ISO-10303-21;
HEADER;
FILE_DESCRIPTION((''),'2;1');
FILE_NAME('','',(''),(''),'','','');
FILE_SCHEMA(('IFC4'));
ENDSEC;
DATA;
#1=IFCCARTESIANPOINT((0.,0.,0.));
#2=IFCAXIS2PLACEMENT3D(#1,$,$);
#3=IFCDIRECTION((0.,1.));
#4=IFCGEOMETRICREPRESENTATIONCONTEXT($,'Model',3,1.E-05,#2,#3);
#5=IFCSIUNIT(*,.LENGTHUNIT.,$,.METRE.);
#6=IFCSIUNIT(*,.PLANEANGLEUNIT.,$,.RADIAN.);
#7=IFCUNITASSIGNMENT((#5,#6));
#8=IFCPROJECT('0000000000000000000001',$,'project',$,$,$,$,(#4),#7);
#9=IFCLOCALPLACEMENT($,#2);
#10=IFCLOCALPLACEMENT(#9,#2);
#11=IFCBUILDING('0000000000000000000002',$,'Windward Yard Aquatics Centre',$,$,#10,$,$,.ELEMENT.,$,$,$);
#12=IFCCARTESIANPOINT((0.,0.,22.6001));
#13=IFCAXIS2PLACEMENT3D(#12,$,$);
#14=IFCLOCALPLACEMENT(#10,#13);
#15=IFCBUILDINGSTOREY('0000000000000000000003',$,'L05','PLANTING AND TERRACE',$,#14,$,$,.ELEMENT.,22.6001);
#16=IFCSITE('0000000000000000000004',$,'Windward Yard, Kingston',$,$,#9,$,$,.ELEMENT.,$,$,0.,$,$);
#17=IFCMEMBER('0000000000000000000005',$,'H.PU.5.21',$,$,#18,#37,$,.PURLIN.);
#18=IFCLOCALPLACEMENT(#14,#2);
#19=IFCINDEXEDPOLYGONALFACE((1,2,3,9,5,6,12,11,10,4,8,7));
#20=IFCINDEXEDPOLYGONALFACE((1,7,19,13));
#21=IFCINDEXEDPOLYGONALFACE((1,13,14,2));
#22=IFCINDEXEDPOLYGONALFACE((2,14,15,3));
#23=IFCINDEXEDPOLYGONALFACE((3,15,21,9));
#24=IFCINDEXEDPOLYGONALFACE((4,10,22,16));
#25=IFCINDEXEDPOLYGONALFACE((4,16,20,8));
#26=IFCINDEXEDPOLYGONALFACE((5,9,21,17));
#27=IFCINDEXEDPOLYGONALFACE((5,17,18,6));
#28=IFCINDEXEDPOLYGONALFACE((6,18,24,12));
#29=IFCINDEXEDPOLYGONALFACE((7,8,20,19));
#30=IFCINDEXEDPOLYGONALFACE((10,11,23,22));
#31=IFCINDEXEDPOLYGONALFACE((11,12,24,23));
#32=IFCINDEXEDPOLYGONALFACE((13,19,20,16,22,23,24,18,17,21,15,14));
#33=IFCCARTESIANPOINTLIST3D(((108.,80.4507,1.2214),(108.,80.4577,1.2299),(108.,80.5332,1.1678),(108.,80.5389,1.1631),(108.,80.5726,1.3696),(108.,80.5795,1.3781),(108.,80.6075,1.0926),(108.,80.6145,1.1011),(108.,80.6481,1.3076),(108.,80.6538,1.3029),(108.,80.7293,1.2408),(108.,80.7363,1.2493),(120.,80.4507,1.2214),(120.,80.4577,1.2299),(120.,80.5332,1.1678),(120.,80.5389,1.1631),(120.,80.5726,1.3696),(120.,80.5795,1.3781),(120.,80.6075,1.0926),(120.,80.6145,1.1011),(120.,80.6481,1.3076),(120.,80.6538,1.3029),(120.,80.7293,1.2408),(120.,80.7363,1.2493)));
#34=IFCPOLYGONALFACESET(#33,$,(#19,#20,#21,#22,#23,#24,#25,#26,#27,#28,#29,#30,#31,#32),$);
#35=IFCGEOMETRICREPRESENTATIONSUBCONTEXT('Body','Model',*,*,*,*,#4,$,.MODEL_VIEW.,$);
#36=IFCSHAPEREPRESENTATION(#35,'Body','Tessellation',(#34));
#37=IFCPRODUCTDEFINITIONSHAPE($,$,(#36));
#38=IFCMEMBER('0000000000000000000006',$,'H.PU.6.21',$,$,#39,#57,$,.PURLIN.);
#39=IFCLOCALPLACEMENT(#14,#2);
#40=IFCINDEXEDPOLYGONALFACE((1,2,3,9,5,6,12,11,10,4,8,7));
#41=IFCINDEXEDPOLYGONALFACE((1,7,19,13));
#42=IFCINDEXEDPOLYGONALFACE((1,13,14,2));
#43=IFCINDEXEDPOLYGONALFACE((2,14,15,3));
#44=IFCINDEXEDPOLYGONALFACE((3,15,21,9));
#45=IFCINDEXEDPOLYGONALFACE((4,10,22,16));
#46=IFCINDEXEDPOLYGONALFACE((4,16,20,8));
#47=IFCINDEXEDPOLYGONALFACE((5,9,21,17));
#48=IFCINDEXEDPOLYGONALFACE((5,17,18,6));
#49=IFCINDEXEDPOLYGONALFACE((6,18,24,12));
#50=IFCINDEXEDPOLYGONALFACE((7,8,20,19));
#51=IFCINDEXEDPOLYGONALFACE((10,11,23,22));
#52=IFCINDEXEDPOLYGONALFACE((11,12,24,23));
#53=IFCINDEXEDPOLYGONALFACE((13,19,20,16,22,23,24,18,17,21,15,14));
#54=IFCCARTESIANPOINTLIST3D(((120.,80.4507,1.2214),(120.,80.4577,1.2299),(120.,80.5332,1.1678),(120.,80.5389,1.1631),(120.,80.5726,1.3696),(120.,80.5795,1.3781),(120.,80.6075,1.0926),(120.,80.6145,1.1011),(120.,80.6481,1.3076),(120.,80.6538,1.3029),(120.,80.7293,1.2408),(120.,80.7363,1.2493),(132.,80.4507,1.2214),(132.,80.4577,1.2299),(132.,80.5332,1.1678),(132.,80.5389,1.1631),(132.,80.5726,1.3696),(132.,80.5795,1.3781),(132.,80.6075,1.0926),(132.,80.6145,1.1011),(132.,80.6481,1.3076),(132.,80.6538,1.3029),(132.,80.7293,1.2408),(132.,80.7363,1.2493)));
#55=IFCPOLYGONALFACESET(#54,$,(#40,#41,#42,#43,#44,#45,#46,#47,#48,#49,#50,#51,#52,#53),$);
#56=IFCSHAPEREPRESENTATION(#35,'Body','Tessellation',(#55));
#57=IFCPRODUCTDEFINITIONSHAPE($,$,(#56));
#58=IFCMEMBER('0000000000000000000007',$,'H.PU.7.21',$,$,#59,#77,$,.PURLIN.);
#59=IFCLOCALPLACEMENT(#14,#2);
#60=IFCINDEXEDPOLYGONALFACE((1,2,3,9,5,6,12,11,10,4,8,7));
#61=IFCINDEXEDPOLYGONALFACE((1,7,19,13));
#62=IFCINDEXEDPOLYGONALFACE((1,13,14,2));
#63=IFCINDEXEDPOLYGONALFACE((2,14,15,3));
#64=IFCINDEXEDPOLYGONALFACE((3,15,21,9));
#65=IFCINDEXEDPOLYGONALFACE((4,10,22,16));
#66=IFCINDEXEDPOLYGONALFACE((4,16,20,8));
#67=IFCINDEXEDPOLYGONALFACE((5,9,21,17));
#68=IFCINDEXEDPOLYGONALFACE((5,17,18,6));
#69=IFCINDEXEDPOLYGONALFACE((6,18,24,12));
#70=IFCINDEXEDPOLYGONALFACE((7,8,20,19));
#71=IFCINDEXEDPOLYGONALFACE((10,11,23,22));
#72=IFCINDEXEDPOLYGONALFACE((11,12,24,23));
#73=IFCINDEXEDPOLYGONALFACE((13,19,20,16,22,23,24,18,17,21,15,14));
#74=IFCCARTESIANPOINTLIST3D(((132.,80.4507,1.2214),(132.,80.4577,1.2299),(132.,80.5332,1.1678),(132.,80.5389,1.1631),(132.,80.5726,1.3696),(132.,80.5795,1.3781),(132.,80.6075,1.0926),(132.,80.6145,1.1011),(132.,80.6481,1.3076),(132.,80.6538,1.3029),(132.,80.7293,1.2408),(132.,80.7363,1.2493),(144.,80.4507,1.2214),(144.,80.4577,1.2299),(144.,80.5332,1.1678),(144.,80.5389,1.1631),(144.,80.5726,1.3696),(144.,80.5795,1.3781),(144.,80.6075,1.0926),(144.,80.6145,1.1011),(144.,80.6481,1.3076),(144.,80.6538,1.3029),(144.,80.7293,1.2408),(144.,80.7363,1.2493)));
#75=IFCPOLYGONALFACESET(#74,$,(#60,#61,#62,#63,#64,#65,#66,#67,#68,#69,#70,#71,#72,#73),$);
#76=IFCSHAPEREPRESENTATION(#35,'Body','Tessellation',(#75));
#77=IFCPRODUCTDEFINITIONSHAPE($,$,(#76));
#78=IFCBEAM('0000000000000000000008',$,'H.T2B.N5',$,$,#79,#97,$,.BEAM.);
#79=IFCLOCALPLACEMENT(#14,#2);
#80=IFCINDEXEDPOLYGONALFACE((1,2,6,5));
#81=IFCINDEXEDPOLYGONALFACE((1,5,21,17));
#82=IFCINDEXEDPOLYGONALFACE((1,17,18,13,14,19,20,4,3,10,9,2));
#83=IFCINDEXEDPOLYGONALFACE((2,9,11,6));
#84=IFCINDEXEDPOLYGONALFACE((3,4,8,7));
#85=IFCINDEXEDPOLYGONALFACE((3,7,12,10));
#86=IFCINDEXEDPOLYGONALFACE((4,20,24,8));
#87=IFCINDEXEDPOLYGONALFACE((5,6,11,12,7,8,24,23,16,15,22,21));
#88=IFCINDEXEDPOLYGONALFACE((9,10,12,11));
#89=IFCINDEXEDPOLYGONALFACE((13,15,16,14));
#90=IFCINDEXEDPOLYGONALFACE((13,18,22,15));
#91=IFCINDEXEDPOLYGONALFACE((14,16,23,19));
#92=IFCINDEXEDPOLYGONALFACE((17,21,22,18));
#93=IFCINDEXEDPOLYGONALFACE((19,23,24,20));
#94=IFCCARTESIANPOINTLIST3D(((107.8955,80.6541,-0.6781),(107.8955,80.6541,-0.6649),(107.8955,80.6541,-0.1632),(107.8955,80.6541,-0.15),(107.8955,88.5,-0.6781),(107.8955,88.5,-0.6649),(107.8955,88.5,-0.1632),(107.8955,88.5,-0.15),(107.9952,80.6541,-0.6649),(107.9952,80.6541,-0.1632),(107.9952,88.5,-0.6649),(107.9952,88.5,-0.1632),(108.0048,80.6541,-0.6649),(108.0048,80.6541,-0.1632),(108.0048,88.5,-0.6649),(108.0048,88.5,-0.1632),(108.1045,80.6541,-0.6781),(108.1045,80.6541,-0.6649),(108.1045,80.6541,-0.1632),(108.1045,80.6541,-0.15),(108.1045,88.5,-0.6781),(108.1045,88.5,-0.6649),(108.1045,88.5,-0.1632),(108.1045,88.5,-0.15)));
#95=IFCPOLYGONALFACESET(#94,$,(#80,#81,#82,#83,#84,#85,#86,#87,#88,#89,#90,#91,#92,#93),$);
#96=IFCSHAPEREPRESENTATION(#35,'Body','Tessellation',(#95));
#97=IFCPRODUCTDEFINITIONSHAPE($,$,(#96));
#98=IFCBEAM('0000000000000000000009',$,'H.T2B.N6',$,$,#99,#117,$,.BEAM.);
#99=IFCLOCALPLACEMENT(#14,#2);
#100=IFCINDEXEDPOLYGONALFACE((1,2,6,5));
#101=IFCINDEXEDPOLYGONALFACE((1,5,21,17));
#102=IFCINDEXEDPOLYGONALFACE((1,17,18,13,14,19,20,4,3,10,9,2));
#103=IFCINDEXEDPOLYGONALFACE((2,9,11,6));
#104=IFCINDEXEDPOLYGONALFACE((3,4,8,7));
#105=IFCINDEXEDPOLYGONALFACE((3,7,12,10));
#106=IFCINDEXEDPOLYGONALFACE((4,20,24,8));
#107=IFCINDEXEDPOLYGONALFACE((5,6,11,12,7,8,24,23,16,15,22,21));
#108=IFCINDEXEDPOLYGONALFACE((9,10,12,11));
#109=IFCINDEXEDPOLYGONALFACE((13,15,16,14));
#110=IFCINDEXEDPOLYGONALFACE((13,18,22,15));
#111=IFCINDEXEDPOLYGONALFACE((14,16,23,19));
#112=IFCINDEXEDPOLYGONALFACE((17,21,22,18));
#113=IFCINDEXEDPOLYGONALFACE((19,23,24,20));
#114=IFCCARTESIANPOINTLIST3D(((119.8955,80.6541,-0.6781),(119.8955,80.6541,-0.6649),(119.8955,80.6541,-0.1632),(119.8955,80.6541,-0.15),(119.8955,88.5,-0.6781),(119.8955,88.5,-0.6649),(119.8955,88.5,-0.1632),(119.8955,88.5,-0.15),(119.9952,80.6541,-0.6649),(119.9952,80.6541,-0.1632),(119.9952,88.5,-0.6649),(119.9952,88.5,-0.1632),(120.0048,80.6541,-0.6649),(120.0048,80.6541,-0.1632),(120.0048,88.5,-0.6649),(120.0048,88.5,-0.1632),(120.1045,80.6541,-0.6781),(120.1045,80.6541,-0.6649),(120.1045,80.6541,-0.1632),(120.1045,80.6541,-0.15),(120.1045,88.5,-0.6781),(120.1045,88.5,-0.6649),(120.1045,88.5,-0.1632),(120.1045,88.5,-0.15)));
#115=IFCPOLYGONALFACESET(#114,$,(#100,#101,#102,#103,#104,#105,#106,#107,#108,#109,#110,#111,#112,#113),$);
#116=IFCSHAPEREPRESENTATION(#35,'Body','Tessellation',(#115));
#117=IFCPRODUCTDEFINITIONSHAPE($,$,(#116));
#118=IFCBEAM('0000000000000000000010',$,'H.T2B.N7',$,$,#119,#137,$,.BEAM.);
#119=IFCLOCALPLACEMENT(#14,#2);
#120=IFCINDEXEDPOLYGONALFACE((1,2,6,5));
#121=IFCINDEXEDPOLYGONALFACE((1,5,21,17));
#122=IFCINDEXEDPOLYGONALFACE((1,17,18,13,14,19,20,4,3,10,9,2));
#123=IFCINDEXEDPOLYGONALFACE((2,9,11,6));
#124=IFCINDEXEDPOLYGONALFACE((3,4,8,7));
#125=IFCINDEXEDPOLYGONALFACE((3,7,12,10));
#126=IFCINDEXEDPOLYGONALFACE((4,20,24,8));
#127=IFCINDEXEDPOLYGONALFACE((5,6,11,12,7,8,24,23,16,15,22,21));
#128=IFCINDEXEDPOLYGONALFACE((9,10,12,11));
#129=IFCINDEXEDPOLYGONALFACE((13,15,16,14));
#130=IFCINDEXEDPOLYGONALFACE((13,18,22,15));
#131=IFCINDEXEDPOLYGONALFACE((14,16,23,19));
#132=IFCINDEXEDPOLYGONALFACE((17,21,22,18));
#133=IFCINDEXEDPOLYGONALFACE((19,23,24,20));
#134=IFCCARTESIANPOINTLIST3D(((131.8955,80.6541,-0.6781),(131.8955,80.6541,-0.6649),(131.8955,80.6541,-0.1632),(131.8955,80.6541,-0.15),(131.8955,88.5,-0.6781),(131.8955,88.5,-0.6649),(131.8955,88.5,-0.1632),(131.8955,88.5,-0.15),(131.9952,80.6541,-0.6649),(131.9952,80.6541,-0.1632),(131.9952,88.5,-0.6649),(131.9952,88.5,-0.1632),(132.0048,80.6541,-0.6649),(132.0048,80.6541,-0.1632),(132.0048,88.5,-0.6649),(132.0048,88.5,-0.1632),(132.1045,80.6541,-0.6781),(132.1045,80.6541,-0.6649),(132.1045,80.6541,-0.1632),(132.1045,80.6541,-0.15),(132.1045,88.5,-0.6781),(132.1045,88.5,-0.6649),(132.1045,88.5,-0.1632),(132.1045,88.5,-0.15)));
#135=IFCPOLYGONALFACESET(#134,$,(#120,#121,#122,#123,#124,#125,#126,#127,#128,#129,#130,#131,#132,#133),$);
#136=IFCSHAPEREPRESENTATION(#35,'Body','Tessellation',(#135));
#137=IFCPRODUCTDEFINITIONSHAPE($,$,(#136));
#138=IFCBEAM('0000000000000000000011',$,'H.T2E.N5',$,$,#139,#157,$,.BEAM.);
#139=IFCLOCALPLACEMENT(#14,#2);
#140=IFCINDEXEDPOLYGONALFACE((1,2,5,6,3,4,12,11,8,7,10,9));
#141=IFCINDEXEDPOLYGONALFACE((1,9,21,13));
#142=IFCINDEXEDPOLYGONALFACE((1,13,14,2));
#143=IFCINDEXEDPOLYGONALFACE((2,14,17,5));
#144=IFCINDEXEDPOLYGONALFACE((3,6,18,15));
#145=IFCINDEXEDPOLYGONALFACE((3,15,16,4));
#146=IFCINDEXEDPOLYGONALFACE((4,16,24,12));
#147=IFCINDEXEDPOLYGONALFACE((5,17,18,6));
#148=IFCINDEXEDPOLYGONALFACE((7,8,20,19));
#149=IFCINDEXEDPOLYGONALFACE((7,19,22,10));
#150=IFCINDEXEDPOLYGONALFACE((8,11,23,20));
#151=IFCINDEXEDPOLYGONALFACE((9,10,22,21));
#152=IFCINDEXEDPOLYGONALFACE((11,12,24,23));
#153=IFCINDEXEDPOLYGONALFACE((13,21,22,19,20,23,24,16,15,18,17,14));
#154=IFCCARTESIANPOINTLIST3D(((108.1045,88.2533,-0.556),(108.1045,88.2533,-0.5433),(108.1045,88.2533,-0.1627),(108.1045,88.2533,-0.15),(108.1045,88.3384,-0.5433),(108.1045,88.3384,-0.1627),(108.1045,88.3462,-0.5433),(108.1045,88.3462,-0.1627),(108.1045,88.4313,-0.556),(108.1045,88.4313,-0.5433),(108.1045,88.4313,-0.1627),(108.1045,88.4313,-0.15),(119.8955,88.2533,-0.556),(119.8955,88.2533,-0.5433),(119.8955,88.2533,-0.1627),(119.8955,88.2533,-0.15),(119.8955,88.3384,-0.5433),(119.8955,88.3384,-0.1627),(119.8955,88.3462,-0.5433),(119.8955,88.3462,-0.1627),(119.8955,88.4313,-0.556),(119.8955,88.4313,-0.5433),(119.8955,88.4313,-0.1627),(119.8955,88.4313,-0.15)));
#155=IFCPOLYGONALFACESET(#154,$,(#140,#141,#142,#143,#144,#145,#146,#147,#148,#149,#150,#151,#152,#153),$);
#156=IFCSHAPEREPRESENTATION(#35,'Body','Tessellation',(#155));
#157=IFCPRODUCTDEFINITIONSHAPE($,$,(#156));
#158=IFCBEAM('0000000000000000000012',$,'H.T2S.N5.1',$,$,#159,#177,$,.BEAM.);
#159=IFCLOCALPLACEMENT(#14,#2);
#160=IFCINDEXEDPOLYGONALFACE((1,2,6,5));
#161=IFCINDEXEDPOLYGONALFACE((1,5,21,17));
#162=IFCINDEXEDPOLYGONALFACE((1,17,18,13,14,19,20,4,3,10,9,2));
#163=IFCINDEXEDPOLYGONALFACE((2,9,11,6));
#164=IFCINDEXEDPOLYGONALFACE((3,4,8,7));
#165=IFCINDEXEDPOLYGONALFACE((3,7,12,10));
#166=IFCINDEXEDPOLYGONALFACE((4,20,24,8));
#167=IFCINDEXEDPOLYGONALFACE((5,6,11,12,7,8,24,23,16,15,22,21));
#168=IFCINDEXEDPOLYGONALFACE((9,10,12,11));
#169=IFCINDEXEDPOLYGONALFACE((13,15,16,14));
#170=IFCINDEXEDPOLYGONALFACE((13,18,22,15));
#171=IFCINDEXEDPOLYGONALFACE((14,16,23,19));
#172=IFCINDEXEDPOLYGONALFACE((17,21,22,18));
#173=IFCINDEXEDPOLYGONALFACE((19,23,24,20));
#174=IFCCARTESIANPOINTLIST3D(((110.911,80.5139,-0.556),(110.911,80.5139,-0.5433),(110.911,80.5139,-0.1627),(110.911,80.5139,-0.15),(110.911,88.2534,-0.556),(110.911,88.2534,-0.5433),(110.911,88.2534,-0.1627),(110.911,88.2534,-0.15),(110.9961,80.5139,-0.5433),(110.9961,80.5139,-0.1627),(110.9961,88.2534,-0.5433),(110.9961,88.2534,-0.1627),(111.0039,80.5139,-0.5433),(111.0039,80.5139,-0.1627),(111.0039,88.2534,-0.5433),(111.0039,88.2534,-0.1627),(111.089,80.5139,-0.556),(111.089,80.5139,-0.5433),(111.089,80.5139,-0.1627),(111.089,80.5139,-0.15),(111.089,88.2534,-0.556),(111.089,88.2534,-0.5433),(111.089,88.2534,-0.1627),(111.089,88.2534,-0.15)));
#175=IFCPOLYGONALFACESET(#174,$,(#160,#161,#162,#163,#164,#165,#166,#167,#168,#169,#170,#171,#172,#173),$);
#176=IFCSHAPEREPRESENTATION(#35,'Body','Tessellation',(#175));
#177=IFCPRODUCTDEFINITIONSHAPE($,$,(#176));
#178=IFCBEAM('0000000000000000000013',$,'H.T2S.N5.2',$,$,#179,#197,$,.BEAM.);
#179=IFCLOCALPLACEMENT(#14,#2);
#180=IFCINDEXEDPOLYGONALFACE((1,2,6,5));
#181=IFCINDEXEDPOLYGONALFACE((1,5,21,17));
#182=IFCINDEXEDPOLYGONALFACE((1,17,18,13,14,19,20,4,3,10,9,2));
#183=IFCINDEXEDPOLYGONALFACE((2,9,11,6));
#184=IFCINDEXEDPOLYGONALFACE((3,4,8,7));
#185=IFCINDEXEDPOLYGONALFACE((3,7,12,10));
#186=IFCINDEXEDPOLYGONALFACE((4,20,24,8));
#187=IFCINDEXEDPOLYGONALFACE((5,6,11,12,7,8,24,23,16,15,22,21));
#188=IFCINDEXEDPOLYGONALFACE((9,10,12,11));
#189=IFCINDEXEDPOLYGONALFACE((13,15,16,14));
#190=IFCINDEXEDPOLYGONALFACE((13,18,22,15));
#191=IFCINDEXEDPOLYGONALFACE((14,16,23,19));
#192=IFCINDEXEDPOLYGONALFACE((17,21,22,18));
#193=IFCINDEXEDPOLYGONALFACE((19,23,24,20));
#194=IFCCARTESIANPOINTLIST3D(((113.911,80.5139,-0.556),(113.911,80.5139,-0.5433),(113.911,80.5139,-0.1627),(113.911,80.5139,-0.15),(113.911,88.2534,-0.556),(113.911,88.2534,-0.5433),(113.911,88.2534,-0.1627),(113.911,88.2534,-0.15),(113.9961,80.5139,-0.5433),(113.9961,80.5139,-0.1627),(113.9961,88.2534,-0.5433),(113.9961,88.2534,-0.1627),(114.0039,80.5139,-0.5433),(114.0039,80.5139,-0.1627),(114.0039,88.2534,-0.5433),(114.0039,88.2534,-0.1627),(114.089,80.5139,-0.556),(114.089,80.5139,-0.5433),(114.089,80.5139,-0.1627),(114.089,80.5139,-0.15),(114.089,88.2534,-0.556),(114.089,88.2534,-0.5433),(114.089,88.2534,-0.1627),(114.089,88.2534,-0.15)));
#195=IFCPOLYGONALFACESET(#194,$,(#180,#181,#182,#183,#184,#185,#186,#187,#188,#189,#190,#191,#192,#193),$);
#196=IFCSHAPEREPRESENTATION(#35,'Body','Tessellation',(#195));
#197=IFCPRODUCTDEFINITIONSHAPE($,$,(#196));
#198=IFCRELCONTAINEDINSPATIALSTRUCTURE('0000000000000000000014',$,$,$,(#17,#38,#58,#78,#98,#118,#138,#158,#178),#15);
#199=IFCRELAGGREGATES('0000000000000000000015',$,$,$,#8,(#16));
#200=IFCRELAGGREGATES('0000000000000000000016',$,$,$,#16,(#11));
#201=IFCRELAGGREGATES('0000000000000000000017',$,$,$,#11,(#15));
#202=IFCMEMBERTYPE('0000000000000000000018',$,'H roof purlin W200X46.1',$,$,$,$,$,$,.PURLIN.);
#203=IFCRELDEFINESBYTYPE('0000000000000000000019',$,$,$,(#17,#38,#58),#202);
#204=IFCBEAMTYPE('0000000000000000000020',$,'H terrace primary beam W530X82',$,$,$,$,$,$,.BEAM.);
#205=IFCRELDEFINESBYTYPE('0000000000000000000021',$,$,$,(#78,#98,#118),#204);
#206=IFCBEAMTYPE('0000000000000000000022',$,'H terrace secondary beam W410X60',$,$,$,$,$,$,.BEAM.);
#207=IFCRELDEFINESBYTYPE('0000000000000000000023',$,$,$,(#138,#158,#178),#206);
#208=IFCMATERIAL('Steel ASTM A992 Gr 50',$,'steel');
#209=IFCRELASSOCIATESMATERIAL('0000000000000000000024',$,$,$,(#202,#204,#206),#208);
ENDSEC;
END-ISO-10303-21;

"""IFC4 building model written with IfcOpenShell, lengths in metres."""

from ifc_helpers import new_model, si_unit, direction, frame, origin, origin_2d, place, context, subcontext, project, spatial, i_section, extrude, material, material_profile, profile_set, type_object, element, save


model = new_model("IFC4")

# Units and contexts
model_context = context("Model", 3, precision=1e-05, world=origin(), true_north=direction((0.0, 1.0)))
body_context = subcontext(model_context, "Body", "Model", "MODEL_VIEW")
ifc_project = project(units=[si_unit("LENGTHUNIT", "METRE"), si_unit("PLANEANGLEUNIT", "RADIAN")], contexts=[model_context])

# Site, building, storey
site_placement = place(None, origin())
site = spatial("IfcSite", under=ifc_project, at=site_placement, Name="Windward Yard, Kingston", CompositionType="ELEMENT", RefElevation=0.0)
building_placement = place(site_placement, origin())
building = spatial("IfcBuilding", under=site, at=building_placement, Name="Windward Yard Aquatics Centre", CompositionType="ELEMENT")
storey_placement = place(building_placement, frame((0.0, 0.0, 22.6001)))
storey = spatial("IfcBuildingStorey", under=building, at=storey_placement, Name="L05", Description="PLANTING AND TERRACE", CompositionType="ELEMENT", Elevation=22.6001)

# Members
ifc_material_1 = material(Name="Steel ASTM A992 Gr 50", Category="steel")
ifc_material_profile_1 = material_profile(ifc_material_1, i_section(OverallWidth=0.2029, OverallDepth=0.2029, WebThickness=0.0073, FlangeThickness=0.011, at=origin_2d()), Name="W200X46.1")
ifc_profile_set_1 = profile_set([ifc_material_profile_1], Name="Steel ASTM A992 Gr 50")
member_type = type_object("IfcMemberType", Name="H roof purlin W200X46.1", PredefinedType="PURLIN", material=ifc_profile_set_1)
for number, where, z_axis, x_axis, name in (
    (1, (108.0, 80.5935, 1.2354), (1.0, 0.0, 0.0), (0.0, 0.772611, -0.63488), "H.PU.5.21"),
    (2, (120.0, 80.5935, 1.2354), (1.0, 0.0, 0.0), (0.0, 0.772611, -0.63488), "H.PU.6.21"),
    (3, (132.0, 80.5935, 1.2354), (1.0, 0.0, 0.0), (0.0, 0.772611, -0.63488), "H.PU.7.21"),
):
    element("IfcMember", number, at=place(storey_placement, frame(where, z_axis=z_axis, x_axis=x_axis)), inside=storey, type_object=member_type, Name=name, PredefinedType="PURLIN", context=body_context, shape_type="SweptSolid", body=[
        extrude(i_section(OverallWidth=0.2029, OverallDepth=0.2029, WebThickness=0.0073, FlangeThickness=0.011, at=origin_2d()), origin(), (0.0, 0.0, 1.0), 12.0),
    ])

# Beams
ifc_material_profile_2 = material_profile(ifc_material_1, i_section(OverallWidth=0.209, OverallDepth=0.5281, WebThickness=0.0095, FlangeThickness=0.0132, at=origin_2d()), Name="W530X82")
ifc_profile_set_2 = profile_set([ifc_material_profile_2], Name="Steel ASTM A992 Gr 50")
beam_type_1 = type_object("IfcBeamType", Name="H terrace primary beam W530X82", PredefinedType="BEAM", material=ifc_profile_set_2)
for number, where, z_axis, x_axis, name in (
    (4, (108.0, 88.5, -0.4141), (0.0, -1.0, 0.0), (1.0, 0.0, 0.0), "H.T2B.N5"),
    (5, (120.0, 88.5, -0.4141), (0.0, -1.0, 0.0), (1.0, 0.0, 0.0), "H.T2B.N6"),
    (6, (132.0, 88.5, -0.4141), (0.0, -1.0, 0.0), (1.0, 0.0, 0.0), "H.T2B.N7"),
):
    element("IfcBeam", number, at=place(storey_placement, frame(where, z_axis=z_axis, x_axis=x_axis)), inside=storey, type_object=beam_type_1, Name=name, PredefinedType="BEAM", context=body_context, shape_type="SweptSolid", body=[
        extrude(i_section(OverallWidth=0.209, OverallDepth=0.5281, WebThickness=0.0095, FlangeThickness=0.0132, at=origin_2d()), origin(), (0.0, 0.0, 1.0), 7.8459),
    ])
ifc_material_profile_3 = material_profile(ifc_material_1, i_section(OverallWidth=0.178, OverallDepth=0.406, WebThickness=0.0078, FlangeThickness=0.0127, at=origin_2d()), Name="W410X60")
ifc_profile_set_3 = profile_set([ifc_material_profile_3], Name="Steel ASTM A992 Gr 50")
beam_type_2 = type_object("IfcBeamType", Name="H terrace secondary beam W410X60", PredefinedType="BEAM", material=ifc_profile_set_3)
beam_1_placement = place(storey_placement, frame((108.1045, 88.3423, -0.353), z_axis=(1.0, 0.0, 0.0), x_axis=(0.0, 1.0, 0.0)))
element("IfcBeam", 7, at=beam_1_placement, inside=storey, type_object=beam_type_2, Name="H.T2E.N5", PredefinedType="BEAM", context=body_context, shape_type="SweptSolid", body=[
    extrude(i_section(OverallWidth=0.178, OverallDepth=0.406, WebThickness=0.0078, FlangeThickness=0.0127, at=origin_2d()), origin(), (0.0, 0.0, 1.0), 11.791),
])
for number, where, z_axis, x_axis, name in (
    (8, (111.0, 88.2534, -0.353), (0.0, -1.0, 0.0), (1.0, 0.0, 0.0), "H.T2S.N5.1"),
    (9, (114.0, 88.2534, -0.353), (0.0, -1.0, 0.0), (1.0, 0.0, 0.0), "H.T2S.N5.2"),
):
    element("IfcBeam", number, at=place(storey_placement, frame(where, z_axis=z_axis, x_axis=x_axis)), inside=storey, type_object=beam_type_2, Name=name, PredefinedType="BEAM", context=body_context, shape_type="SweptSolid", body=[
        extrude(i_section(OverallWidth=0.178, OverallDepth=0.406, WebThickness=0.0078, FlangeThickness=0.0127, at=origin_2d()), origin(), (0.0, 0.0, 1.0), 7.7395),
    ])

save(model, "model.ifc")
